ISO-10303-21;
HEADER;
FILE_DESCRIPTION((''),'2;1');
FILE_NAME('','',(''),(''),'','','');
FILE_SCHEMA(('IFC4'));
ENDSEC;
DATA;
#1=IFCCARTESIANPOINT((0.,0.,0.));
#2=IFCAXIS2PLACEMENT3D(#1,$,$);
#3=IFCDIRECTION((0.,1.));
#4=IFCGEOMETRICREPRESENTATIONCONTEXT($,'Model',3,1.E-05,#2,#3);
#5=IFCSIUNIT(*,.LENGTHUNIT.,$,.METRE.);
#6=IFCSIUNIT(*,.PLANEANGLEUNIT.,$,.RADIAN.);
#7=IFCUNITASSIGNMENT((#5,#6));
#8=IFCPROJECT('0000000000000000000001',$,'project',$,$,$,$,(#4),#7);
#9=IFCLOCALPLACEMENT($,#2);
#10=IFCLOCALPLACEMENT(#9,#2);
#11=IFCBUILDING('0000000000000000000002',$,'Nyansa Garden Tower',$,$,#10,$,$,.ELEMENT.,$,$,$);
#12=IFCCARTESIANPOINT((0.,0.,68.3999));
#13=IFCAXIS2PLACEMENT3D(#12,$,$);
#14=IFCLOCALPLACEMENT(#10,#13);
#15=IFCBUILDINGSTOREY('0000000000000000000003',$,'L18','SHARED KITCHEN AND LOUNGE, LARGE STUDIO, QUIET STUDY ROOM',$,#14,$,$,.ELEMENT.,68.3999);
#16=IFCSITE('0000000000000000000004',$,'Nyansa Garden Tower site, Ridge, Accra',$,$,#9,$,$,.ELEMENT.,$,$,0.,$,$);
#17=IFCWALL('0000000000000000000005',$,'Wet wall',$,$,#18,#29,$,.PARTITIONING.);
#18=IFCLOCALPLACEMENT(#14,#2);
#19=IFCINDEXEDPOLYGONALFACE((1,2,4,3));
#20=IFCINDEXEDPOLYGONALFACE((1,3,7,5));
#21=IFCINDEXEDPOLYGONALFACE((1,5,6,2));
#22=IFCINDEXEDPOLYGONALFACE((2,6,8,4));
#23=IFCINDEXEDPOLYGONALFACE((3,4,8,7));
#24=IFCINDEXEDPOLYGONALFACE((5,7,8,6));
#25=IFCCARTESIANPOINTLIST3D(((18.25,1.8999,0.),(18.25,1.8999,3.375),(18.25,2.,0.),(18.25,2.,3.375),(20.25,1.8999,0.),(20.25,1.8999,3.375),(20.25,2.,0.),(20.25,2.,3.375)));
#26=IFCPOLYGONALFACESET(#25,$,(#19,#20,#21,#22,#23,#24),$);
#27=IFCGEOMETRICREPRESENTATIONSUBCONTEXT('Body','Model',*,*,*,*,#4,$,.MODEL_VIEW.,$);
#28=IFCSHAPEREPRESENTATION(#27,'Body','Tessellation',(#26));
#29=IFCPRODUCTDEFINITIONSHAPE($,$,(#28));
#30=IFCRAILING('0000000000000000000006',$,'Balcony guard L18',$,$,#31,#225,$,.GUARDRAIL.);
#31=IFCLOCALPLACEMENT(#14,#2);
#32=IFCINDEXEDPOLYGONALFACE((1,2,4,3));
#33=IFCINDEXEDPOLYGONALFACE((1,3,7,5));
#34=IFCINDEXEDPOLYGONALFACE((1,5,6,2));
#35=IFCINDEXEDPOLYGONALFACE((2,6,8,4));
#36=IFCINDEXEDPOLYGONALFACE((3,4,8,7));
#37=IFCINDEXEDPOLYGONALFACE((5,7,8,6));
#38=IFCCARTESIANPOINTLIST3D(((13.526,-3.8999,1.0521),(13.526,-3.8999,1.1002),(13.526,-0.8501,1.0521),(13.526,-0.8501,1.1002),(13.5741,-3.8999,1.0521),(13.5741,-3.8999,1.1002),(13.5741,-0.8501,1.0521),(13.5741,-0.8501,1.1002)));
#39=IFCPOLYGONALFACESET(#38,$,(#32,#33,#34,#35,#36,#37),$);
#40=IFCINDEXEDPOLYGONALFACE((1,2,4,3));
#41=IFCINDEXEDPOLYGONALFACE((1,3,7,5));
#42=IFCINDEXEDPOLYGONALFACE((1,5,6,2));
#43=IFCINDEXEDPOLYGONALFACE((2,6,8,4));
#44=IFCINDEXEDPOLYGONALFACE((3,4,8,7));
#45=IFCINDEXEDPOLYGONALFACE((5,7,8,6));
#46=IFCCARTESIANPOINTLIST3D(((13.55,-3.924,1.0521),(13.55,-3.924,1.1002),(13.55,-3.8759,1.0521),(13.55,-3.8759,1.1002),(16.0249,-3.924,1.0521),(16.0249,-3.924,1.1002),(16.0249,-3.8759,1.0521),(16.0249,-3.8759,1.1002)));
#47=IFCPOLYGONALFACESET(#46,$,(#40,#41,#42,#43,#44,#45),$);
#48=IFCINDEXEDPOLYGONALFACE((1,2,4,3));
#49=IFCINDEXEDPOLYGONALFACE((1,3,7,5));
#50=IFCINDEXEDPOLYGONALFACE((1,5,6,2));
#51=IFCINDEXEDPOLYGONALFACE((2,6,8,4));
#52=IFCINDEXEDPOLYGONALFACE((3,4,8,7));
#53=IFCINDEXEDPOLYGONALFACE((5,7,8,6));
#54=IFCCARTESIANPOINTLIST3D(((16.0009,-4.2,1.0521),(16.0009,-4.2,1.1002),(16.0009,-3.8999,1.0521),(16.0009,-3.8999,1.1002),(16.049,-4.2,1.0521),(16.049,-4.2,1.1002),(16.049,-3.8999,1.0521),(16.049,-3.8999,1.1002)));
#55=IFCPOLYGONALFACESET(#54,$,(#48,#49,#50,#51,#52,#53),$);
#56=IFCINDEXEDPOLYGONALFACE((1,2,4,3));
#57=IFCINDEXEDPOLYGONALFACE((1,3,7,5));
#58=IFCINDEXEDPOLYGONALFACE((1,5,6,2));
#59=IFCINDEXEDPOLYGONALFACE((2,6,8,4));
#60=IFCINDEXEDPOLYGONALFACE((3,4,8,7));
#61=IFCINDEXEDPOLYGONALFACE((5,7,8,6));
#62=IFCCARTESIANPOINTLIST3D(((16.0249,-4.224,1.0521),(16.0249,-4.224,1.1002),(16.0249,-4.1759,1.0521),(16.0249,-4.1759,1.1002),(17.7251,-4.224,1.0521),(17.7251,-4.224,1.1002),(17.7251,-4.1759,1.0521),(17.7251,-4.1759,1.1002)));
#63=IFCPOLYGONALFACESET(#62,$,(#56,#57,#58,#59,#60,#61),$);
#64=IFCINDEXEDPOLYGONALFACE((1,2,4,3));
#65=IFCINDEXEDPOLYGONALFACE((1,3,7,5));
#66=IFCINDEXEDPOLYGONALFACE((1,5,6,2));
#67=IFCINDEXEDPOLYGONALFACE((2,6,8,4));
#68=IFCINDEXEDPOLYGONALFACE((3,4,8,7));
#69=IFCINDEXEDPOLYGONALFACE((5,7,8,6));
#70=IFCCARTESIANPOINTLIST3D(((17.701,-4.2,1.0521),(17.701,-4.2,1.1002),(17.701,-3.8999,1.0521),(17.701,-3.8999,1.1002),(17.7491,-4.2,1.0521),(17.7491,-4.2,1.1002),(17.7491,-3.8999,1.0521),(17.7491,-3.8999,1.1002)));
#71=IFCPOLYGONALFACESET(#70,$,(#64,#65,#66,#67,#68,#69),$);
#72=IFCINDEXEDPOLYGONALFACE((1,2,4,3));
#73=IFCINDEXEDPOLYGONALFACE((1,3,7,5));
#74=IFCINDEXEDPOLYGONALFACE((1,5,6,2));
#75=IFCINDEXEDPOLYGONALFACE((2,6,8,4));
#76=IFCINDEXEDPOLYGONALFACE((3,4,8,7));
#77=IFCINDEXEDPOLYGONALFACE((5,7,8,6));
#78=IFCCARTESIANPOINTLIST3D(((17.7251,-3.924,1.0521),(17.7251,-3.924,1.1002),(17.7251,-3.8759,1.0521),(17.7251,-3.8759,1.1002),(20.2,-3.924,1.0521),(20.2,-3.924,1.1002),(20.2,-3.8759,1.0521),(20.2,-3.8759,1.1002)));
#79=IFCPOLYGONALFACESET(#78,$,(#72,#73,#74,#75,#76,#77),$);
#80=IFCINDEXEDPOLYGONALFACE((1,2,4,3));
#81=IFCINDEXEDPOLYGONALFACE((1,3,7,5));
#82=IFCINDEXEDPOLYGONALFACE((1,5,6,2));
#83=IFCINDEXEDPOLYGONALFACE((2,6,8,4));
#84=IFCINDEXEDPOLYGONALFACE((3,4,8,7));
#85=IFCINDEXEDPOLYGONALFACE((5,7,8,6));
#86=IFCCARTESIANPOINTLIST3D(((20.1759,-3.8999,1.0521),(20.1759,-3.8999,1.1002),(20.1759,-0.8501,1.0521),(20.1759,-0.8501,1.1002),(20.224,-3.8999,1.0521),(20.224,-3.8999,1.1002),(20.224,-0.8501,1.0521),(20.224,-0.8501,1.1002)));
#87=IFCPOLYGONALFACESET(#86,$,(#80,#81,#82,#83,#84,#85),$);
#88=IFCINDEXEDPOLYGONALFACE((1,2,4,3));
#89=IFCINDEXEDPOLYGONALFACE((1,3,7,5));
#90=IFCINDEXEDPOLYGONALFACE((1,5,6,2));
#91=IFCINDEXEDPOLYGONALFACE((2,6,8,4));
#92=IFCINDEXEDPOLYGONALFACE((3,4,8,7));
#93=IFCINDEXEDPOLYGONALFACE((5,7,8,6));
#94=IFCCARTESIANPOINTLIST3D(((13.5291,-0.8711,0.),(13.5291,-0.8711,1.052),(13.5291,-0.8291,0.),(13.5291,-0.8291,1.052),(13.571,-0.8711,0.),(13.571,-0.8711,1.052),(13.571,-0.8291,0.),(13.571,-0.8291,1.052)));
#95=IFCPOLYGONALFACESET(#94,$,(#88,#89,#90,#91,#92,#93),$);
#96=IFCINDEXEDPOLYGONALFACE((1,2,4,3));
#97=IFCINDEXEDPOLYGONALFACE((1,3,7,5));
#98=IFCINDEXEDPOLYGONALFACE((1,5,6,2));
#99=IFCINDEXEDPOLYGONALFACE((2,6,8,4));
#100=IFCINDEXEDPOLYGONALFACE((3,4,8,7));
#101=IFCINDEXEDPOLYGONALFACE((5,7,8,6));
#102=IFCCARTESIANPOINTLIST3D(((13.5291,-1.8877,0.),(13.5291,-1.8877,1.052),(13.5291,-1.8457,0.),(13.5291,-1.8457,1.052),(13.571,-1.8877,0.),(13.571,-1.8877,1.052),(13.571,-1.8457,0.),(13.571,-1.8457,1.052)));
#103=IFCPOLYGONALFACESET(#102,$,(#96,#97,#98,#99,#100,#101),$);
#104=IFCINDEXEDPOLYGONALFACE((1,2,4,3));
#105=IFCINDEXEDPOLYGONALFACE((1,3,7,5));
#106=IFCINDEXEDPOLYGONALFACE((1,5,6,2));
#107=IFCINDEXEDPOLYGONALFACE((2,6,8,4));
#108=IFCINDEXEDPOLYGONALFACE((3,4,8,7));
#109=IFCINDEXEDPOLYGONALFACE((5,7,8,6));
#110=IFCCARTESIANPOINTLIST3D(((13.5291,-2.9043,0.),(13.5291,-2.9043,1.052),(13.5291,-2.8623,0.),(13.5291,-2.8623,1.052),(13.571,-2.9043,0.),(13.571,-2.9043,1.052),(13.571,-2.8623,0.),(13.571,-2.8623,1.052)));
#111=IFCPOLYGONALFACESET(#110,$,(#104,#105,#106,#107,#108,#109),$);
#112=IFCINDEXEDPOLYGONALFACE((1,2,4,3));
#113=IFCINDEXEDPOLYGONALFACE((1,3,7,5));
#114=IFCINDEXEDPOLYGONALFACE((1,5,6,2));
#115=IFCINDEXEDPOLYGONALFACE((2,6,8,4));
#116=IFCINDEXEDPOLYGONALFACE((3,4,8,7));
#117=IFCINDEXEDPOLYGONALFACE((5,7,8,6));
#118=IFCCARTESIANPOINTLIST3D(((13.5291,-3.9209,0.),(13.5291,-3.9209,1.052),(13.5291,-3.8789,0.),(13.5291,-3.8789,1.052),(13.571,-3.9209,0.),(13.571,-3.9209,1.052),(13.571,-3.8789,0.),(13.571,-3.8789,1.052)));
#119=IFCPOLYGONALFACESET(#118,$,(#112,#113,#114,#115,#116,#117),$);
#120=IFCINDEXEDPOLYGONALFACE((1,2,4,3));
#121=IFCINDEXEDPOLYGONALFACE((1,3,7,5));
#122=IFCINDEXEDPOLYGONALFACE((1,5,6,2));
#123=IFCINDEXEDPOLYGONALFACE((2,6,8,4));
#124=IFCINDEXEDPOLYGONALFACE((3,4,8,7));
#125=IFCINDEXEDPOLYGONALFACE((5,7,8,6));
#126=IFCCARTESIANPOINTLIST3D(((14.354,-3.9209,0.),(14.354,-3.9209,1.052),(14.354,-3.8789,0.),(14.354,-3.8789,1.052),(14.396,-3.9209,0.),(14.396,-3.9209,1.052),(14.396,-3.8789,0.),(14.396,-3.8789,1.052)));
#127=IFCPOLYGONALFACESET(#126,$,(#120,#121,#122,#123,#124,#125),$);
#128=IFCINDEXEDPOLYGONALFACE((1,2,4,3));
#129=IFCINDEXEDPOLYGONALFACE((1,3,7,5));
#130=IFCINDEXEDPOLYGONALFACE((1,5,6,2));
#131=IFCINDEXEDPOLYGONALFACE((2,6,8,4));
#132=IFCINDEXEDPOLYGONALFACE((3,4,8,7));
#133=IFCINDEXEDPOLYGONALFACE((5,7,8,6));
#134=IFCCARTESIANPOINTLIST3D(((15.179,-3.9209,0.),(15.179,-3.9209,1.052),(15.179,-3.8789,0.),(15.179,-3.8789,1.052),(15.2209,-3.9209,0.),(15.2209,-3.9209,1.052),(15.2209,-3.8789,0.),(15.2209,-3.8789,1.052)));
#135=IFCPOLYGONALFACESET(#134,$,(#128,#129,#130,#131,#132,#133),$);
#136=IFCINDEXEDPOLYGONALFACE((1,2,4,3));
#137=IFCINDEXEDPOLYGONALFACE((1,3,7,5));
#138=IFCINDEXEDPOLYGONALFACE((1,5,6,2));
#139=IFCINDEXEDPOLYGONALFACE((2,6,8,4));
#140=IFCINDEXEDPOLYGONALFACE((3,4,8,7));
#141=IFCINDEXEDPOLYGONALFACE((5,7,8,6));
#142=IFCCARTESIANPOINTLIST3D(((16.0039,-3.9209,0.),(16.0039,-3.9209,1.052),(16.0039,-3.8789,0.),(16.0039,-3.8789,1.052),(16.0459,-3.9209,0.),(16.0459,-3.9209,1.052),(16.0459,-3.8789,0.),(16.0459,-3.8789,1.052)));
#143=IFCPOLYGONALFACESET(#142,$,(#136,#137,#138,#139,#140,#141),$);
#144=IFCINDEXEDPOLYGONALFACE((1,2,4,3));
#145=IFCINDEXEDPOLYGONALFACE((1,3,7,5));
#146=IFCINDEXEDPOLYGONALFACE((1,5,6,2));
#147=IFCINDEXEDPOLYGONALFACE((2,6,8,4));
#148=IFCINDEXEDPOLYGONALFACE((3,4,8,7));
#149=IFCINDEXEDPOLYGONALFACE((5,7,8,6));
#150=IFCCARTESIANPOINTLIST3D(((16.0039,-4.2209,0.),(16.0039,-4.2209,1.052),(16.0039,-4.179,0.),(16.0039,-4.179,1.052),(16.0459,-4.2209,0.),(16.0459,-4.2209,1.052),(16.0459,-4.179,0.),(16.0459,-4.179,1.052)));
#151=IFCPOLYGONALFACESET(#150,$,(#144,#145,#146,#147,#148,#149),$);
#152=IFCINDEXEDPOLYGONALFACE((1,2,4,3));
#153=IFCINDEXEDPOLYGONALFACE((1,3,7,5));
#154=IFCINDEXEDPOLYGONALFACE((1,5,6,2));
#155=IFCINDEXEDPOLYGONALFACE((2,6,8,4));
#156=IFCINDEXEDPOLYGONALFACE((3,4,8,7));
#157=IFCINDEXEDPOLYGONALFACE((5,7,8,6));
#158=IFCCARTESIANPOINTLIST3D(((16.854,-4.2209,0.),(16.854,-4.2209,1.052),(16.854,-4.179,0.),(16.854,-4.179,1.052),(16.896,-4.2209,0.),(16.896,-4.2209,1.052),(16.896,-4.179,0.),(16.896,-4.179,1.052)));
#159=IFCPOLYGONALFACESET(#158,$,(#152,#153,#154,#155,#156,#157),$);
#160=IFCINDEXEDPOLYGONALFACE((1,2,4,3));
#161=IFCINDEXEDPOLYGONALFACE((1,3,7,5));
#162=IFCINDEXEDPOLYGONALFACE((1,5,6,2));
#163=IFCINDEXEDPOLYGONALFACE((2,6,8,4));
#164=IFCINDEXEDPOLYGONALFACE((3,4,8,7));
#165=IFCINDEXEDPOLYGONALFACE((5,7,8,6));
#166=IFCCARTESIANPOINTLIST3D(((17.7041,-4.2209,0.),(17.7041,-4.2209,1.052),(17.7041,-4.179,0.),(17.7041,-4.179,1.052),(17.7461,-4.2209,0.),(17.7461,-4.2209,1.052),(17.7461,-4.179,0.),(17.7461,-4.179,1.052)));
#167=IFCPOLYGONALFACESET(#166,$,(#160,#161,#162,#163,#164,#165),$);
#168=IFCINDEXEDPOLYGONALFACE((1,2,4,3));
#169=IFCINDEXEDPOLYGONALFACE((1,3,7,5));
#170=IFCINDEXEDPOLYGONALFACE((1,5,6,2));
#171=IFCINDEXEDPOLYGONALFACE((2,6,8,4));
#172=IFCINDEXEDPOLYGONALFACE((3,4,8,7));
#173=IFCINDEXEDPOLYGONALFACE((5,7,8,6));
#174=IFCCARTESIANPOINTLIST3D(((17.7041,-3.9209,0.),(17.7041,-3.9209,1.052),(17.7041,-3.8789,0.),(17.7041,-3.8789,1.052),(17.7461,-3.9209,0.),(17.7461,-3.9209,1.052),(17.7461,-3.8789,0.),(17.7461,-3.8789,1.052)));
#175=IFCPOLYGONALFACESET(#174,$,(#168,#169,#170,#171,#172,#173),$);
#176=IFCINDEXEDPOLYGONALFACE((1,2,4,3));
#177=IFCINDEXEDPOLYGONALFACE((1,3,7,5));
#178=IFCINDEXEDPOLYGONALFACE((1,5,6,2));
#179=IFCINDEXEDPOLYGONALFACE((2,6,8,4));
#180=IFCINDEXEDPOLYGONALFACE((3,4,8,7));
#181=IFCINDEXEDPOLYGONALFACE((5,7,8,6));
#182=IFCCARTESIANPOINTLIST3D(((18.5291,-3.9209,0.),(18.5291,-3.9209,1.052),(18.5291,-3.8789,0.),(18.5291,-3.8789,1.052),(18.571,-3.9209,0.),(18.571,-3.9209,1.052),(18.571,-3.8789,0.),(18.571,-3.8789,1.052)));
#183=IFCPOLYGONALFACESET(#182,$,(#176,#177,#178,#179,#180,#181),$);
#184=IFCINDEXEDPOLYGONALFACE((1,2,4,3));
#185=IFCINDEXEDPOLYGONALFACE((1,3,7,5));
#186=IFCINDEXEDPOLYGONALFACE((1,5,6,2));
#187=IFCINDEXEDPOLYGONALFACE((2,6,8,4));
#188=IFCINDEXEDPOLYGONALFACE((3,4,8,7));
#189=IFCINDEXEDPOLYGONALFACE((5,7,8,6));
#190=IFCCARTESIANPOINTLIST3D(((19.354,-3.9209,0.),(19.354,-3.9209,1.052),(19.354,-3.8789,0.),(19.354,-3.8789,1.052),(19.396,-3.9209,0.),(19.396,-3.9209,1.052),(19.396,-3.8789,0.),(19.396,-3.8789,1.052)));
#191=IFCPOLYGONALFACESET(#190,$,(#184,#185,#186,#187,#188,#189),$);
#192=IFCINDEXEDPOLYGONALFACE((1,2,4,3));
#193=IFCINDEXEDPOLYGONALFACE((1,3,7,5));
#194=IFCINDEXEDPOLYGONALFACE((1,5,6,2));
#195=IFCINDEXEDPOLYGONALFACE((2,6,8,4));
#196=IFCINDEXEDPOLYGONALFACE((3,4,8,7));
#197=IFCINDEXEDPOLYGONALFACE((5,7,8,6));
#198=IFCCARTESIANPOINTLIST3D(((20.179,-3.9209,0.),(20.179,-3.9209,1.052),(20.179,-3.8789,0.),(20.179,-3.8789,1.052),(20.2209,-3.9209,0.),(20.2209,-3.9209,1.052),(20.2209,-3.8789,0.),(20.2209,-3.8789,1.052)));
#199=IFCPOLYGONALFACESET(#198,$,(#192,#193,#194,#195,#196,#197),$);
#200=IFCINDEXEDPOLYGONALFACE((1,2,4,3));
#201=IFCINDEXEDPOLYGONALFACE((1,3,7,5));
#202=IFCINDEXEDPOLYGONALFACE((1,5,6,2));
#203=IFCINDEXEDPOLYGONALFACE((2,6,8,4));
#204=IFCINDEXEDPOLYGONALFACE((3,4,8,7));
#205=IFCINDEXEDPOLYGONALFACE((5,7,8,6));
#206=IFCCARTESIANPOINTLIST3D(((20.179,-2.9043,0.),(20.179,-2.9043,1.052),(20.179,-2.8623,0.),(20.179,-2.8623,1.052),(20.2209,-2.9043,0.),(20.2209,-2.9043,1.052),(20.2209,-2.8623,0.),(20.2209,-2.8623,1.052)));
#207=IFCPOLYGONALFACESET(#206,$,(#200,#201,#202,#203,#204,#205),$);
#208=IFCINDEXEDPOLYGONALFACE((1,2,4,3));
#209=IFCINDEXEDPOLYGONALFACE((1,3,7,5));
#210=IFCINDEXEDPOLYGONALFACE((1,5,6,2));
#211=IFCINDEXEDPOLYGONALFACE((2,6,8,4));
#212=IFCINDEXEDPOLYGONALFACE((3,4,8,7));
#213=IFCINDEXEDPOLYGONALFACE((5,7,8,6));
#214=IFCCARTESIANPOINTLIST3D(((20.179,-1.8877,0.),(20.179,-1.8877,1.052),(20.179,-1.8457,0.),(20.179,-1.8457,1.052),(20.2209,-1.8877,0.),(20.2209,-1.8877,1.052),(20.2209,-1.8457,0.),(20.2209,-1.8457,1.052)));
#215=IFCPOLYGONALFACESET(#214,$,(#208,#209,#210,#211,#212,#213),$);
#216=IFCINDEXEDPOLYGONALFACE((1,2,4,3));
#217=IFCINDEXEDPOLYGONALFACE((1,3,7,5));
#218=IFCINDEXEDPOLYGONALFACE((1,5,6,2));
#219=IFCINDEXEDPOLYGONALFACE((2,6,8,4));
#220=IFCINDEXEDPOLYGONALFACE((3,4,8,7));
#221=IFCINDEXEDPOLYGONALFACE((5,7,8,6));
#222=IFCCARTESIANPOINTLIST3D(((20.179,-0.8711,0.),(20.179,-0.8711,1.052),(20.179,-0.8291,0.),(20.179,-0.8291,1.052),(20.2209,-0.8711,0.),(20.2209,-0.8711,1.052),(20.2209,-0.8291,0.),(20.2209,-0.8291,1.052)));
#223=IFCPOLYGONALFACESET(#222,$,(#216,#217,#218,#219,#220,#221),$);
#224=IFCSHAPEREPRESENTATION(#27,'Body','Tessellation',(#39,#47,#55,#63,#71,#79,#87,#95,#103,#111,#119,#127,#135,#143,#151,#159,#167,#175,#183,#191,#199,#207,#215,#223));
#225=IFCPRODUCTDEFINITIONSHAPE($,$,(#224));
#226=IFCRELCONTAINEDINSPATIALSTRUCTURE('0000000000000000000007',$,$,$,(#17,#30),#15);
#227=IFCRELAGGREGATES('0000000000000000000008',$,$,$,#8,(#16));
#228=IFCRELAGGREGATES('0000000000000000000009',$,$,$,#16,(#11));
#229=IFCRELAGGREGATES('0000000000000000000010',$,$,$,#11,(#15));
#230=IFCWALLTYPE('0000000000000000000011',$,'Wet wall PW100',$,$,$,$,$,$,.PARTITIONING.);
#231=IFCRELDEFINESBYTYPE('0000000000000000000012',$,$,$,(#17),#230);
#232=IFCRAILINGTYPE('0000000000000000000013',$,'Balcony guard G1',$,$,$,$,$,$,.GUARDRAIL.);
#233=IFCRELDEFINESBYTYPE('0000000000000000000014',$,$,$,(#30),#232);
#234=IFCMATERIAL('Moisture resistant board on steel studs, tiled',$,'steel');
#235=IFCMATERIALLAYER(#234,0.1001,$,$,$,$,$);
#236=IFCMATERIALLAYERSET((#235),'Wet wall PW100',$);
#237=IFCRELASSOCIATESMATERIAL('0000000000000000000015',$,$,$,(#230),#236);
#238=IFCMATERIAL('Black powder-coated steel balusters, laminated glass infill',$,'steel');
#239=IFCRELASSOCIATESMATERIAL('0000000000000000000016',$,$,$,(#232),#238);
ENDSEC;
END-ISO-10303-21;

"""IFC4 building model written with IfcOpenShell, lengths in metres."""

from ifc_helpers import new_model, si_unit, direction, frame, frame_2d, origin, origin_2d, place, context, subcontext, project, spatial, rectangle, extrude, material, layer, layer_set, type_object, element, save


model = new_model("IFC4")

# Units and contexts
model_context = context("Model", 3, precision=1e-05, world=origin(), true_north=direction((0.0, 1.0)))
body_context = subcontext(model_context, "Body", "Model", "MODEL_VIEW")
ifc_project = project(units=[si_unit("LENGTHUNIT", "METRE"), si_unit("PLANEANGLEUNIT", "RADIAN")], contexts=[model_context])

# Site, building, storey
site_placement = place(None, origin())
site = spatial("IfcSite", under=ifc_project, at=site_placement, Name="Nyansa Garden Tower site, Ridge, Accra", CompositionType="ELEMENT", RefElevation=0.0)
building_placement = place(site_placement, origin())
building = spatial("IfcBuilding", under=site, at=building_placement, Name="Nyansa Garden Tower", CompositionType="ELEMENT")
storey_placement = place(building_placement, frame((0.0, 0.0, 68.3999)))
storey = spatial("IfcBuildingStorey", under=building, at=storey_placement, Name="L18", Description="SHARED KITCHEN AND LOUNGE, LARGE STUDIO, QUIET STUDY ROOM", CompositionType="ELEMENT", Elevation=68.3999)

# Shared definitions
ifc_material_1 = material(Name="Moisture resistant board on steel studs, tiled", Category="steel")
ifc_layer_1 = layer(ifc_material_1, 0.1001)
ifc_layer_set_1 = layer_set([ifc_layer_1], Name="Wet wall PW100")
wall_type_1 = type_object("IfcWallType", Name="Wet wall PW100", PredefinedType="PARTITIONING", material=ifc_layer_set_1)

# Wall
wall_1_placement = place(storey_placement, frame((18.25, 1.95, 0.0), z_axis=(0.0, 0.0, 1.0), x_axis=(1.0, 0.0, 0.0)))
element("IfcWall", 1, at=wall_1_placement, inside=storey, type_object=wall_type_1, Name="Wet wall", PredefinedType="PARTITIONING", context=body_context, shape_type="SweptSolid", body=[
    extrude(rectangle(XDim=2.0, YDim=0.1001, at=frame_2d((1.0, 0.0))), origin(), (0.0, 0.0, 1.0), 3.375),
])

# Railing
ifc_material_2 = material(Name="Black powder-coated steel balusters, laminated glass infill", Category="steel")
railing_type = type_object("IfcRailingType", Name="Balcony guard G1", PredefinedType="GUARDRAIL", material=ifc_material_2)
railing_placement = place(storey_placement, frame((13.55, -0.8501, 0.0)))
element("IfcRailing", 2, at=railing_placement, inside=storey, type_object=railing_type, Name="Balcony guard L18", PredefinedType="GUARDRAIL", context=body_context, shape_type="SweptSolid", body=[
    extrude(rectangle(XDim=0.0481, YDim=0.0481, at=origin_2d()), frame((0.0, 0.0, 1.0762), z_axis=(0.0, -1.0, 0.0), x_axis=(1.0, 0.0, 0.0)), (0.0, 0.0, 1.0), 3.0498),
    extrude(rectangle(XDim=0.0481, YDim=0.0481, at=origin_2d()), frame((0.0, -3.0498, 1.0762), z_axis=(1.0, 0.0, 0.0), x_axis=(0.0, 1.0, 0.0)), (0.0, 0.0, 1.0), 2.4749),
    extrude(rectangle(XDim=0.0481, YDim=0.0481, at=origin_2d()), frame((2.4749, -3.0498, 1.0762), z_axis=(0.0, -1.0, 0.0), x_axis=(1.0, 0.0, 0.0)), (0.0, 0.0, 1.0), 0.3),
    extrude(rectangle(XDim=0.0481, YDim=0.0481, at=origin_2d()), frame((2.4749, -3.3499, 1.0762), z_axis=(1.0, 0.0, 0.0), x_axis=(0.0, 1.0, 0.0)), (0.0, 0.0, 1.0), 1.7002),
    extrude(rectangle(XDim=0.0481, YDim=0.0481, at=origin_2d()), frame((4.175, -3.3499, 1.0762), z_axis=(0.0, 1.0, 0.0), x_axis=(-1.0, 0.0, 0.0)), (0.0, 0.0, 1.0), 0.3),
    extrude(rectangle(XDim=0.0481, YDim=0.0481, at=origin_2d()), frame((4.175, -3.0498, 1.0762), z_axis=(1.0, 0.0, 0.0), x_axis=(0.0, 1.0, 0.0)), (0.0, 0.0, 1.0), 2.4749),
    extrude(rectangle(XDim=0.0481, YDim=0.0481, at=origin_2d()), frame((6.6499, -3.0498, 1.0762), z_axis=(0.0, 1.0, 0.0), x_axis=(-1.0, 0.0, 0.0)), (0.0, 0.0, 1.0), 3.0498),
    extrude(rectangle(XDim=0.042, YDim=0.042, at=origin_2d()), origin(), (0.0, 0.0, 1.0), 1.052),
    extrude(rectangle(XDim=0.042, YDim=0.042, at=origin_2d()), frame((0.0, -1.0166, 0.0)), (0.0, 0.0, 1.0), 1.052),
    extrude(rectangle(XDim=0.042, YDim=0.042, at=origin_2d()), frame((0.0, -2.0332, 0.0)), (0.0, 0.0, 1.0), 1.052),
    extrude(rectangle(XDim=0.042, YDim=0.042, at=origin_2d()), frame((0.0, -3.0498, 0.0)), (0.0, 0.0, 1.0), 1.052),
    extrude(rectangle(XDim=0.042, YDim=0.042, at=origin_2d()), frame((0.825, -3.0498, 0.0)), (0.0, 0.0, 1.0), 1.052),
    extrude(rectangle(XDim=0.042, YDim=0.042, at=origin_2d()), frame((1.6499, -3.0498, 0.0)), (0.0, 0.0, 1.0), 1.052),
    extrude(rectangle(XDim=0.042, YDim=0.042, at=origin_2d()), frame((2.4749, -3.0498, 0.0)), (0.0, 0.0, 1.0), 1.052),
    extrude(rectangle(XDim=0.042, YDim=0.042, at=origin_2d()), frame((2.4749, -3.3499, 0.0)), (0.0, 0.0, 1.0), 1.052),
    extrude(rectangle(XDim=0.042, YDim=0.042, at=origin_2d()), frame((3.325, -3.3499, 0.0)), (0.0, 0.0, 1.0), 1.052),
    extrude(rectangle(XDim=0.042, YDim=0.042, at=origin_2d()), frame((4.175, -3.3499, 0.0)), (0.0, 0.0, 1.0), 1.052),
    extrude(rectangle(XDim=0.042, YDim=0.042, at=origin_2d()), frame((4.175, -3.0498, 0.0)), (0.0, 0.0, 1.0), 1.052),
    extrude(rectangle(XDim=0.042, YDim=0.042, at=origin_2d()), frame((5.0, -3.0498, 0.0)), (0.0, 0.0, 1.0), 1.052),
    extrude(rectangle(XDim=0.042, YDim=0.042, at=origin_2d()), frame((5.825, -3.0498, 0.0)), (0.0, 0.0, 1.0), 1.052),
    extrude(rectangle(XDim=0.042, YDim=0.042, at=origin_2d()), frame((6.6499, -3.0498, 0.0)), (0.0, 0.0, 1.0), 1.052),
    extrude(rectangle(XDim=0.042, YDim=0.042, at=origin_2d()), frame((6.6499, -2.0332, 0.0)), (0.0, 0.0, 1.0), 1.052),
    extrude(rectangle(XDim=0.042, YDim=0.042, at=origin_2d()), frame((6.6499, -1.0166, 0.0)), (0.0, 0.0, 1.0), 1.052),
    extrude(rectangle(XDim=0.042, YDim=0.042, at=origin_2d()), frame((6.6499, 0.0, 0.0)), (0.0, 0.0, 1.0), 1.052),
])

save(model, "model.ifc")
